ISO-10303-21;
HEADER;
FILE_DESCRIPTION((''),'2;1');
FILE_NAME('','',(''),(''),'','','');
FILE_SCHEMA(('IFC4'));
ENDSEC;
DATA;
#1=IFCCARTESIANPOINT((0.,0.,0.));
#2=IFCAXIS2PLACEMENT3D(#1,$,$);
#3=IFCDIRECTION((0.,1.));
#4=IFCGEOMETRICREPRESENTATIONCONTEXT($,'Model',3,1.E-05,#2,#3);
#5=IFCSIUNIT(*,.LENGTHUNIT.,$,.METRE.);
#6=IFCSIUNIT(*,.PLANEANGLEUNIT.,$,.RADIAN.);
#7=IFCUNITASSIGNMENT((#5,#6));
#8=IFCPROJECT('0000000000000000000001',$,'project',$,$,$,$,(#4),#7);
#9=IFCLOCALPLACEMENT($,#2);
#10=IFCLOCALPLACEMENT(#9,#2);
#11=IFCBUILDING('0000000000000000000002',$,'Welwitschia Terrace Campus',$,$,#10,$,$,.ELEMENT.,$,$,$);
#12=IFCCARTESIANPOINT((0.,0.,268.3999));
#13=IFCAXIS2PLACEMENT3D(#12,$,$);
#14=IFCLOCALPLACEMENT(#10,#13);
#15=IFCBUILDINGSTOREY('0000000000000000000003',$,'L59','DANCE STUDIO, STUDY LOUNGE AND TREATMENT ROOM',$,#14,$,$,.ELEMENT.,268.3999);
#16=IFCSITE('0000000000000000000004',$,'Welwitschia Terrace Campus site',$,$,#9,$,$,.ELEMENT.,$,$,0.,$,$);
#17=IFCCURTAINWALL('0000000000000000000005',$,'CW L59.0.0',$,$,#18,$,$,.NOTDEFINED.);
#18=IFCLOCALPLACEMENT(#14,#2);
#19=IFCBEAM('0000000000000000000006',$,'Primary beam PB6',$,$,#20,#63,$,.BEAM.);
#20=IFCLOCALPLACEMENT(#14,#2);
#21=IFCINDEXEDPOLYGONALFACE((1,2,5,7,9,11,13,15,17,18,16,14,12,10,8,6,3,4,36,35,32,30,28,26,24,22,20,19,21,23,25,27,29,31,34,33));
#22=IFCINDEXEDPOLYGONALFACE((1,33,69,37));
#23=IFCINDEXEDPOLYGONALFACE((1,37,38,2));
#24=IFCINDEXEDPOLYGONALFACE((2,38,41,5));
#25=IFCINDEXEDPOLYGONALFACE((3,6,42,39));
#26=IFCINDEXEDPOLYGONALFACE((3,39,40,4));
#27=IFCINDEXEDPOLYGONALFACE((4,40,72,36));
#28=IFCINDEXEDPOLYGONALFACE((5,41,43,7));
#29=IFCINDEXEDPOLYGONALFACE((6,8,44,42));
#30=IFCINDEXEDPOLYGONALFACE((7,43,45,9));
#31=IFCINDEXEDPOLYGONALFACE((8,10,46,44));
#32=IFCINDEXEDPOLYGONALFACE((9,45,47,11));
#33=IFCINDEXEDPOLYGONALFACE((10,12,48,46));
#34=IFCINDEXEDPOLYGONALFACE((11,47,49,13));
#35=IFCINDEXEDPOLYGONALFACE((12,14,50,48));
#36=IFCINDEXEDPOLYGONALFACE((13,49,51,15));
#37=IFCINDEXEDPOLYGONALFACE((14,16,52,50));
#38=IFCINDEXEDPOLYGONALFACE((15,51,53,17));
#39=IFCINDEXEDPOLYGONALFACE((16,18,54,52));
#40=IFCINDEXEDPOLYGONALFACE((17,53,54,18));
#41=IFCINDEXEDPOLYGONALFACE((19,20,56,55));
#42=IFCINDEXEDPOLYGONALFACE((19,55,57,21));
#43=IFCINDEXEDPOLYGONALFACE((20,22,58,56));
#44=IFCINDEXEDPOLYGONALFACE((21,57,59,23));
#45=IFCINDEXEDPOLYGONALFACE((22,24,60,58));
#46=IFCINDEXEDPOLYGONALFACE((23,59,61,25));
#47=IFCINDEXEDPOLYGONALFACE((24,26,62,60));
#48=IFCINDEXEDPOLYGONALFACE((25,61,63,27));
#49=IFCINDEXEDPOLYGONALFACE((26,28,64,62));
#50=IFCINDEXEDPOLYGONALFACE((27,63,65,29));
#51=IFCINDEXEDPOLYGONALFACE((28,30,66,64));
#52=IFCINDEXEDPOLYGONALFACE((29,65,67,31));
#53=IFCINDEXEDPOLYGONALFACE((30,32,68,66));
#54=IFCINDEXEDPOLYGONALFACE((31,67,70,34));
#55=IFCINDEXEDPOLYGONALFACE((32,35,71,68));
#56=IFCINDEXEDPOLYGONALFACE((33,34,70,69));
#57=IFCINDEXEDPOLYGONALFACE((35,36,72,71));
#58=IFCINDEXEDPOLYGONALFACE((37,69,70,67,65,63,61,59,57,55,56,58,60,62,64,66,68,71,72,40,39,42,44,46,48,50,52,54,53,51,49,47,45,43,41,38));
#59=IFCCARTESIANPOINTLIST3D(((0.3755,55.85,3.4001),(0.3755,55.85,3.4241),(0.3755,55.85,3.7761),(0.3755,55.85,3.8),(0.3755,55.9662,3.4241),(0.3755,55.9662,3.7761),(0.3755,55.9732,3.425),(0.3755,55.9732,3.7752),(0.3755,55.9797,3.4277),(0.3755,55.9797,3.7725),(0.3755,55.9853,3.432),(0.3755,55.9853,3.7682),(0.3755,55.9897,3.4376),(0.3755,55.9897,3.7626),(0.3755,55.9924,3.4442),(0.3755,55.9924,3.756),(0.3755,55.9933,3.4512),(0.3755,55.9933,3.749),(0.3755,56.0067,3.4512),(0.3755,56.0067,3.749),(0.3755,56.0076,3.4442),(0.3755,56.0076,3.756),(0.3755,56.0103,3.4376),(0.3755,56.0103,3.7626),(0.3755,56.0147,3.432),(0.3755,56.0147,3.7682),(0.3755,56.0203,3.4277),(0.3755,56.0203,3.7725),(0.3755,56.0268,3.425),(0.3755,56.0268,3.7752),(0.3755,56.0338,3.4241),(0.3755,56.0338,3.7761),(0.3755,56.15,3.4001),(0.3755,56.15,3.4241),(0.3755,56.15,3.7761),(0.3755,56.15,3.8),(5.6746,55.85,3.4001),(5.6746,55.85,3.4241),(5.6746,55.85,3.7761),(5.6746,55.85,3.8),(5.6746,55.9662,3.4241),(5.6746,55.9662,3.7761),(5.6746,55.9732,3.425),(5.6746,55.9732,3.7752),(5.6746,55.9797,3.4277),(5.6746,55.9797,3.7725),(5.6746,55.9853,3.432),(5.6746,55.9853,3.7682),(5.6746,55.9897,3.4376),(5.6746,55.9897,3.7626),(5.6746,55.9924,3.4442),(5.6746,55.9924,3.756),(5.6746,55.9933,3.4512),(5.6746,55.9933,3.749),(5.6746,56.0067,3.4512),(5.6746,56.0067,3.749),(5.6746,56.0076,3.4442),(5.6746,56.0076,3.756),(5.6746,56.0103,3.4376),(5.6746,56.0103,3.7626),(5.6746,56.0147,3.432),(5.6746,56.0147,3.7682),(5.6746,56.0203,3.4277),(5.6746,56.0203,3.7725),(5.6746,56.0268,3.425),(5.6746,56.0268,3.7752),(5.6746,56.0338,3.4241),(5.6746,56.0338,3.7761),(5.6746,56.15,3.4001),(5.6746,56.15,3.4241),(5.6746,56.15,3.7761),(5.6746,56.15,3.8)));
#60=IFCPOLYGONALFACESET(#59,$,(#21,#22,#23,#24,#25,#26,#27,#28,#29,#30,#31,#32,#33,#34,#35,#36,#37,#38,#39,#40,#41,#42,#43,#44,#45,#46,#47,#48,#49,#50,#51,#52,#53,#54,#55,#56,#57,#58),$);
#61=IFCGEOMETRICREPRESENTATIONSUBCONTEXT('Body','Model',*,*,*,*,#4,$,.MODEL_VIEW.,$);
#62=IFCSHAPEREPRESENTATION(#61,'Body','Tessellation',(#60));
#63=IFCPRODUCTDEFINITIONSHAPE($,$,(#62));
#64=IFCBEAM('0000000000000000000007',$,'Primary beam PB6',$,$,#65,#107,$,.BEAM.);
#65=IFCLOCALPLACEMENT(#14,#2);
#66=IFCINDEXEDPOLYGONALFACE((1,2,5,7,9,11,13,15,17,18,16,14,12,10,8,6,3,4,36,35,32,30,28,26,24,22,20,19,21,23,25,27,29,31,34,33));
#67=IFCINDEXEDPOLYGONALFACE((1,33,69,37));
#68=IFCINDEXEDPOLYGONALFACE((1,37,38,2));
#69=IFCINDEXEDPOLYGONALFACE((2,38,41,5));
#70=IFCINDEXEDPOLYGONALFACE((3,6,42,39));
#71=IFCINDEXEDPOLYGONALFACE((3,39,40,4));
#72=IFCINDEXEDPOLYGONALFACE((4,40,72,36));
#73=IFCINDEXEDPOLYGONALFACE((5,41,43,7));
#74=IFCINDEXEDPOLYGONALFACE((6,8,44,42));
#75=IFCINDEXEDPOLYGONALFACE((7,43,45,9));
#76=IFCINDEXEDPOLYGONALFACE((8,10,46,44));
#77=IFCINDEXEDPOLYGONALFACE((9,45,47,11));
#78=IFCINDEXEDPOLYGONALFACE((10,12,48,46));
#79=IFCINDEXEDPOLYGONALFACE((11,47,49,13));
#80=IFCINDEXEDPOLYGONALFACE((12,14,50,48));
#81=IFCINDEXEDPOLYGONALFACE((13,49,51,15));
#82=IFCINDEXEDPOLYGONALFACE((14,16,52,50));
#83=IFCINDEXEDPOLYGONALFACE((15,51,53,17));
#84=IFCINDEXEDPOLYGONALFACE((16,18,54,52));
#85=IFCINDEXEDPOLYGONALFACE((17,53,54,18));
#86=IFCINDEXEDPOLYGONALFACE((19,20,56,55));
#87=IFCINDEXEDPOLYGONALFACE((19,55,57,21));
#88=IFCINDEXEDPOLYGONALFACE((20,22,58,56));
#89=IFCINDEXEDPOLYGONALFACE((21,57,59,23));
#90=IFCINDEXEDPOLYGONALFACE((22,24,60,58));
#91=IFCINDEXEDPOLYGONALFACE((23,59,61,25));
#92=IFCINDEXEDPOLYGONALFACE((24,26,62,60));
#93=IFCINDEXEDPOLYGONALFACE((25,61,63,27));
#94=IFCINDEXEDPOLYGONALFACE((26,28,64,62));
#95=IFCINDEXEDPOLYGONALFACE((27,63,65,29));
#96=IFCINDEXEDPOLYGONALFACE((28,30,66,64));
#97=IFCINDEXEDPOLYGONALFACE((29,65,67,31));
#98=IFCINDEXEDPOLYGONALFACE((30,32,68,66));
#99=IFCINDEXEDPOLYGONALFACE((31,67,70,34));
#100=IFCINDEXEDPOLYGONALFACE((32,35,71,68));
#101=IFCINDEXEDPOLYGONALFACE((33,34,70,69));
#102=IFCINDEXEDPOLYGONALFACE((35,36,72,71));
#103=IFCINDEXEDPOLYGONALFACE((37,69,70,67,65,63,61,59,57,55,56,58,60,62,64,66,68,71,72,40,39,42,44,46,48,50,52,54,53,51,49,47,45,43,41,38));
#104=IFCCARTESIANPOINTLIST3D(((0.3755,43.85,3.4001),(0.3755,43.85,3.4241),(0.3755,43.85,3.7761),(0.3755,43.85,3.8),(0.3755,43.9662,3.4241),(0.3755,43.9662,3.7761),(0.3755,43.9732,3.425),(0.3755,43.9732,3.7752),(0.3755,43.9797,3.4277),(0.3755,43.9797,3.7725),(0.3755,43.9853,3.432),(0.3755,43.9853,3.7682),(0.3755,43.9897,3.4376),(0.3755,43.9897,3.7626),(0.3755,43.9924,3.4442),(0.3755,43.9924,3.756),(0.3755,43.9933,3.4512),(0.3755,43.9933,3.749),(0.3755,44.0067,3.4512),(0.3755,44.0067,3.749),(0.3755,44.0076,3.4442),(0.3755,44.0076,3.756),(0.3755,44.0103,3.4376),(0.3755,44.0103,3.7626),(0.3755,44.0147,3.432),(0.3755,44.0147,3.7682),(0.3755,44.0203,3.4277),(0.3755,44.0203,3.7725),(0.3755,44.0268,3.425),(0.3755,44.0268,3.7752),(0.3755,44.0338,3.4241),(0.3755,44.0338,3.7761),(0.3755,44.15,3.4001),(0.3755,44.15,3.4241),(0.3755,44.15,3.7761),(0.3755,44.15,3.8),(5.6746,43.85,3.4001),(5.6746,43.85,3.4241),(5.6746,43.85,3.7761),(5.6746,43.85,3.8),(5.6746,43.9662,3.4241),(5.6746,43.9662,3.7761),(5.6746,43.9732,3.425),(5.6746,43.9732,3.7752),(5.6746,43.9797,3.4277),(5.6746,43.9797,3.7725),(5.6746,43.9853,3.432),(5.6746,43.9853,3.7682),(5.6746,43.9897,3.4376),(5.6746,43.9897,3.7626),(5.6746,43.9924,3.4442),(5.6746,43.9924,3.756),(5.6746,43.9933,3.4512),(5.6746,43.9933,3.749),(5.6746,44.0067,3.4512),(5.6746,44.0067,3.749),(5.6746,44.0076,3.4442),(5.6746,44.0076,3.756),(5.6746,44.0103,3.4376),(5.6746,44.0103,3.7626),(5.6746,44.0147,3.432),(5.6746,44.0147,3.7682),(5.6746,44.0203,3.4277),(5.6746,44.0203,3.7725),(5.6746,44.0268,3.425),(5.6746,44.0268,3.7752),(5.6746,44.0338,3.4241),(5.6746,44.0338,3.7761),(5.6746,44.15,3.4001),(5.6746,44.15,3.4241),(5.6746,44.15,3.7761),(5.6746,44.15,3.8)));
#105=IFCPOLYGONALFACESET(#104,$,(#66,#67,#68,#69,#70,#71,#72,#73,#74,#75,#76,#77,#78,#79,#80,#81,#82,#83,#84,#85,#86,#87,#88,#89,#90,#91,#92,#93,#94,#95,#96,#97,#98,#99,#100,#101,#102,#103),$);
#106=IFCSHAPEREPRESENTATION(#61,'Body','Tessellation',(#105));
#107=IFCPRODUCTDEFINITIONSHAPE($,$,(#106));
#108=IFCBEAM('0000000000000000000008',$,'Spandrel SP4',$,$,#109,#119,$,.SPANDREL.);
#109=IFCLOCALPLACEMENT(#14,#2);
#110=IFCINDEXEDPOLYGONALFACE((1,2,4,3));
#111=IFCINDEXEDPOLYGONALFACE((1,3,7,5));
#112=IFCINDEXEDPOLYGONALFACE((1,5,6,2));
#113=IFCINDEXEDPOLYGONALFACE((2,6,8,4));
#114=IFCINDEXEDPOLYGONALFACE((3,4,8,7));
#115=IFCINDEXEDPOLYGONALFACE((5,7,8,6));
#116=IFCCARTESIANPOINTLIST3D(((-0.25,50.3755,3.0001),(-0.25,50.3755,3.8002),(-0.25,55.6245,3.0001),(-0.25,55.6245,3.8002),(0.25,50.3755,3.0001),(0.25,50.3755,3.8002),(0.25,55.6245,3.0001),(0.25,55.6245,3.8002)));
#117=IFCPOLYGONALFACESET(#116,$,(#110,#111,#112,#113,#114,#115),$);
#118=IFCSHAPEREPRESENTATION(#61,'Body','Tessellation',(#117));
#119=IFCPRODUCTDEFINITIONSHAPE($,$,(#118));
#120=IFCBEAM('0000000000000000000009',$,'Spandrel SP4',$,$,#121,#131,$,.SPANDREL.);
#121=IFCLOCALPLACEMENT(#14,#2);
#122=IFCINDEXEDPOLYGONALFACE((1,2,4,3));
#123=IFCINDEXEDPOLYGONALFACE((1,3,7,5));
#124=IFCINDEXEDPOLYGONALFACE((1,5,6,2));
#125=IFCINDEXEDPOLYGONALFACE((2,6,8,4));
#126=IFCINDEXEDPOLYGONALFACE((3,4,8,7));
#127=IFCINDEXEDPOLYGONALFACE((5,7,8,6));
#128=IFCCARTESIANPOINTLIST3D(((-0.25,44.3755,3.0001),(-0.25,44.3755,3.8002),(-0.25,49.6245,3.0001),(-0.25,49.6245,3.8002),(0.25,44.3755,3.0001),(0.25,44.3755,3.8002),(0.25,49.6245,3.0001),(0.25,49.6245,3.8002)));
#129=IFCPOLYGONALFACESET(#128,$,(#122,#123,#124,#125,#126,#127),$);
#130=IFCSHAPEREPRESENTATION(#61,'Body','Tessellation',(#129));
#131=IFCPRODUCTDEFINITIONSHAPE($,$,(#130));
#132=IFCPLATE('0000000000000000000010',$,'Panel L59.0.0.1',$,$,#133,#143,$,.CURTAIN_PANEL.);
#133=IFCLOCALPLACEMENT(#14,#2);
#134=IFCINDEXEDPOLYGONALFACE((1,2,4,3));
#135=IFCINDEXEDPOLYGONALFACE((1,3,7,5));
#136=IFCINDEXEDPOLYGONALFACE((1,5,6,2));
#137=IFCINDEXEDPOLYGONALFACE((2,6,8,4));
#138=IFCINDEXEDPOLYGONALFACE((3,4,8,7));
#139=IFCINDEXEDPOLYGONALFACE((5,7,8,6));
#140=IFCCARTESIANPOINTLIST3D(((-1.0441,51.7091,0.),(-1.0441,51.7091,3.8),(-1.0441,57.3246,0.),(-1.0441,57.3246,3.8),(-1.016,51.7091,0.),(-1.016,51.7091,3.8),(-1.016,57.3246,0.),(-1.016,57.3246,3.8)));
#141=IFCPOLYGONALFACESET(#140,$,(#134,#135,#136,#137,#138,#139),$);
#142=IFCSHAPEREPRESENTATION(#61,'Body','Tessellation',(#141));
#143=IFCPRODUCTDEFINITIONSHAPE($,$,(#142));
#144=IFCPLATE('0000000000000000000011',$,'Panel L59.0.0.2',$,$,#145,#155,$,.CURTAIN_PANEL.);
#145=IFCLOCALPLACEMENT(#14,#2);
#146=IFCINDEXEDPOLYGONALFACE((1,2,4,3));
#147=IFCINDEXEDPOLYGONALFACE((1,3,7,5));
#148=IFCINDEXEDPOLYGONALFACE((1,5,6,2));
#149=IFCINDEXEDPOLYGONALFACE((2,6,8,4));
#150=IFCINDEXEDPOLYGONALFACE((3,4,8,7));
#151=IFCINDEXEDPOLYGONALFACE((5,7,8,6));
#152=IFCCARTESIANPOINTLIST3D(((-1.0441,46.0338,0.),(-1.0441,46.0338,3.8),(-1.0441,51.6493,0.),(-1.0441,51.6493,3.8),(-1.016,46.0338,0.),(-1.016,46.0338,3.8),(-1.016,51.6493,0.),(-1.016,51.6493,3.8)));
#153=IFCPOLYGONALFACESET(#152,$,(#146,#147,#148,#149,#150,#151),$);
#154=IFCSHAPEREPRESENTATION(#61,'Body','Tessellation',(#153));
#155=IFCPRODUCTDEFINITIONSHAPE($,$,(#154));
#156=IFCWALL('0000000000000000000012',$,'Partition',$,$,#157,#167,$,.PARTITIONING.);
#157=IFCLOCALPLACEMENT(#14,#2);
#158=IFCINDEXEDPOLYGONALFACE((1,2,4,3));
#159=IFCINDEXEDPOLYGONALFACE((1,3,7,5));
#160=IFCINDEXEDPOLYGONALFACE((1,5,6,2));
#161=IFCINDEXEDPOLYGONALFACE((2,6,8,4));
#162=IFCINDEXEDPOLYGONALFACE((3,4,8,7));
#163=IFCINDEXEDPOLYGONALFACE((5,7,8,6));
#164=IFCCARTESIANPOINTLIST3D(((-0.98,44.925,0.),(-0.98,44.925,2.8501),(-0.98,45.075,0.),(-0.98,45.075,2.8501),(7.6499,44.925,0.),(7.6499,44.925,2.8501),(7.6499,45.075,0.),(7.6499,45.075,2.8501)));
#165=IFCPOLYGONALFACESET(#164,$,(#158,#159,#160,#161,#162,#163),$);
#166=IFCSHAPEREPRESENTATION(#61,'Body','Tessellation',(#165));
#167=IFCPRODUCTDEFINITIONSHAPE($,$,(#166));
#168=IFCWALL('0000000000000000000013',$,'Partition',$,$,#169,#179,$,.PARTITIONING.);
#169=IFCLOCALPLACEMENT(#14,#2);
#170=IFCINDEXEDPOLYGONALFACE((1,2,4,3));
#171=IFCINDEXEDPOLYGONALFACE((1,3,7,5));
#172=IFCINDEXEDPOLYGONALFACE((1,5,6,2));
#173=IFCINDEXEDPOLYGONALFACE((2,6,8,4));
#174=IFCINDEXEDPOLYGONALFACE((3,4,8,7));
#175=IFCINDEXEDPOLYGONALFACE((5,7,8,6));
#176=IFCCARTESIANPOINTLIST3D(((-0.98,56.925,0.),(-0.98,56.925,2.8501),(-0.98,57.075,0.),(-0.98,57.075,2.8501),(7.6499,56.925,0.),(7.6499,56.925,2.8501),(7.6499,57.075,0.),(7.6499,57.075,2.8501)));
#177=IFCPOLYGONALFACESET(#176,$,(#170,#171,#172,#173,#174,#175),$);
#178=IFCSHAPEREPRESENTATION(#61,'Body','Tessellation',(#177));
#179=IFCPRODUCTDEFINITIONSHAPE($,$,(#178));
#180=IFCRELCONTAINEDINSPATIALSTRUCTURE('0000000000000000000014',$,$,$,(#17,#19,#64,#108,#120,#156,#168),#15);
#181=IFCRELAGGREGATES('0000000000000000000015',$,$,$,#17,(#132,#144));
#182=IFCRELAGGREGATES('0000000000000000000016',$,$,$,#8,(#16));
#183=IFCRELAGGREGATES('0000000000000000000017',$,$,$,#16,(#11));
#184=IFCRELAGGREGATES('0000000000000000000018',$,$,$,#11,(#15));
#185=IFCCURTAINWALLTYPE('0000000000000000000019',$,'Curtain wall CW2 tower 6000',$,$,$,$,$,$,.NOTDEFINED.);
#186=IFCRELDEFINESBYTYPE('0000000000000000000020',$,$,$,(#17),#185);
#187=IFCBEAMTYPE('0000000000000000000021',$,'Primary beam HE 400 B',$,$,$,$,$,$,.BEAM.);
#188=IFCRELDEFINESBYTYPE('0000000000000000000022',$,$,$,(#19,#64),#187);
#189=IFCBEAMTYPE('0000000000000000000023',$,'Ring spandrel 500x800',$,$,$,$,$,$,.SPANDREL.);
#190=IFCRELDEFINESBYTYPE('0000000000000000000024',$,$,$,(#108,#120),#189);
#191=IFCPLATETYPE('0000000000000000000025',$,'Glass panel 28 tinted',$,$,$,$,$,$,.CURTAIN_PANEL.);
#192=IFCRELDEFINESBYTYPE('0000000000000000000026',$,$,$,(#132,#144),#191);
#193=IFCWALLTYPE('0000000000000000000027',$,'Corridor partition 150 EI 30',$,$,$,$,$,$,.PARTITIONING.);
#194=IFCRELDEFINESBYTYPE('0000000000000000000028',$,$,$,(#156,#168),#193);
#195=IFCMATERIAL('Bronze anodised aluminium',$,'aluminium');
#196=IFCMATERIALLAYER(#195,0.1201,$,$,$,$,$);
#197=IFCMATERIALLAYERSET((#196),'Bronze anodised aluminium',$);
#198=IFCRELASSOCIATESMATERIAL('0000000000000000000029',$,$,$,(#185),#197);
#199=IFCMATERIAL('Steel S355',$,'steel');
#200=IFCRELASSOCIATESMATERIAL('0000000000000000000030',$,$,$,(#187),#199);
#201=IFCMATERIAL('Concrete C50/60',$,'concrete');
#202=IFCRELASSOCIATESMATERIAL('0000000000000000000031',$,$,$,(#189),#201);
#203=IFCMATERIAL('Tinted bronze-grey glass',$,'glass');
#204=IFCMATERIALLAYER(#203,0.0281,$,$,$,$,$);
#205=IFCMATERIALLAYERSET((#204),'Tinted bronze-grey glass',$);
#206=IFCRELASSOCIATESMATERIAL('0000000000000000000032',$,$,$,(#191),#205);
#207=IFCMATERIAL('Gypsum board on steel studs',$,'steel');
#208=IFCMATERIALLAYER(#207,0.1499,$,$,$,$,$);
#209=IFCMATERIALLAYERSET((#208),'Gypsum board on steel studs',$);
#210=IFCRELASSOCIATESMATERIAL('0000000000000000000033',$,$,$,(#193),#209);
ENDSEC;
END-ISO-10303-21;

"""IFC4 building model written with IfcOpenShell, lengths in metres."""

from ifc_helpers import new_model, si_unit, direction, frame, frame_2d, origin, origin_2d, place, context, subcontext, project, spatial, rectangle, i_section, extrude, material, layer, layer_set, material_profile, profile_set, type_object, element, aggregate, save


model = new_model("IFC4")

# Units and contexts
model_context = context("Model", 3, precision=1e-05, world=origin(), true_north=direction((0.0, 1.0)))
body_context = subcontext(model_context, "Body", "Model", "MODEL_VIEW")
ifc_project = project(units=[si_unit("LENGTHUNIT", "METRE"), si_unit("PLANEANGLEUNIT", "RADIAN")], contexts=[model_context])

# Site, building, storey
site_placement = place(None, origin())
site = spatial("IfcSite", under=ifc_project, at=site_placement, Name="Welwitschia Terrace Campus site", CompositionType="ELEMENT", RefElevation=0.0)
building_placement = place(site_placement, origin())
building = spatial("IfcBuilding", under=site, at=building_placement, Name="Welwitschia Terrace Campus", CompositionType="ELEMENT")
storey_placement = place(building_placement, frame((0.0, 0.0, 268.3999)))
storey = spatial("IfcBuildingStorey", under=building, at=storey_placement, Name="L59", Description="DANCE STUDIO, STUDY LOUNGE AND TREATMENT ROOM", CompositionType="ELEMENT", Elevation=268.3999)

# Curtain wall
ifc_material_1 = material(Name="Bronze anodised aluminium", Category="aluminium")
ifc_layer_1 = layer(ifc_material_1, 0.1201)
ifc_layer_set_1 = layer_set([ifc_layer_1], Name="Bronze anodised aluminium")
curtain_wall_type = type_object("IfcCurtainWallType", Name="Curtain wall CW2 tower 6000", PredefinedType="NOTDEFINED", material=ifc_layer_set_1)
curtain_wall_placement = place(storey_placement, origin())
curtain_wall = element("IfcCurtainWall", 1, at=curtain_wall_placement, inside=storey, type_object=curtain_wall_type, Name="CW L59.0.0", PredefinedType="NOTDEFINED")

# Beams
ifc_material_2 = material(Name="Steel S355", Category="steel")
ifc_material_profile_1 = material_profile(ifc_material_2, i_section(OverallWidth=0.3, OverallDepth=0.3999, WebThickness=0.0134, FlangeThickness=0.0239, FilletRadius=0.0271, at=origin_2d()))
ifc_profile_set_1 = profile_set([ifc_material_profile_1], Name="Steel S355")
beam_type_1 = type_object("IfcBeamType", Name="Primary beam HE 400 B", PredefinedType="BEAM", material=ifc_profile_set_1)
for number, where, z_axis, x_axis, name in (
    (2, (0.3755, 56.0, 3.6001), (1.0, 0.0, 0.0), (0.0, 1.0, 0.0), "Primary beam PB6"),
    (3, (0.3755, 44.0, 3.6001), (1.0, 0.0, 0.0), (0.0, 1.0, 0.0), "Primary beam PB6"),
):
    element("IfcBeam", number, at=place(storey_placement, frame(where, z_axis=z_axis, x_axis=x_axis)), inside=storey, type_object=beam_type_1, Name=name, PredefinedType="BEAM", context=body_context, shape_type="SweptSolid", body=[
        extrude(i_section(OverallWidth=0.3, OverallDepth=0.3999, WebThickness=0.0134, FlangeThickness=0.0239, FilletRadius=0.0271, at=origin_2d()), origin(), (0.0, 0.0, 1.0), 5.2991),
    ])
ifc_material_3 = material(Name="Concrete C50/60", Category="concrete")
ifc_material_profile_2 = material_profile(ifc_material_3, rectangle(XDim=0.5, YDim=0.8, at=origin_2d()))
ifc_profile_set_2 = profile_set([ifc_material_profile_2], Name="Concrete C50/60")
beam_type_2 = type_object("IfcBeamType", Name="Ring spandrel 500x800", PredefinedType="SPANDREL", material=ifc_profile_set_2)
for number, where, z_axis, x_axis, name in (
    (4, (0.0, 55.6245, 3.4001), (0.0, -1.0, 0.0), (1.0, 0.0, 0.0), "Spandrel SP4"),
    (5, (0.0, 49.6245, 3.4001), (0.0, -1.0, 0.0), (1.0, 0.0, 0.0), "Spandrel SP4"),
):
    element("IfcBeam", number, at=place(storey_placement, frame(where, z_axis=z_axis, x_axis=x_axis)), inside=storey, type_object=beam_type_2, Name=name, PredefinedType="SPANDREL", context=body_context, shape_type="SweptSolid", body=[
        extrude(rectangle(XDim=0.5, YDim=0.8, at=origin_2d()), origin(), (0.0, 0.0, 1.0), 5.249),
    ])

# Plates
ifc_material_4 = material(Name="Tinted bronze-grey glass", Category="glass")
ifc_layer_2 = layer(ifc_material_4, 0.0281)
ifc_layer_set_2 = layer_set([ifc_layer_2], Name="Tinted bronze-grey glass")
plate_type = type_object("IfcPlateType", Name="Glass panel 28 tinted", PredefinedType="CURTAIN_PANEL", material=ifc_layer_set_2)
plate_1_placement = place(storey_placement, frame((-1.03, 54.5168, 0.0), z_axis=(0.0, 0.0, 1.0), x_axis=(0.0, -1.0, 0.0)))
plate_1 = element("IfcPlate", 6, at=plate_1_placement, type_object=plate_type, Name="Panel L59.0.0.1", PredefinedType="CURTAIN_PANEL", context=body_context, shape_type="SweptSolid", body=[
    extrude(rectangle(XDim=5.6155, YDim=0.0281, at=origin_2d()), origin(), (0.0, 0.0, 1.0), 3.8),
])
plate_2_placement = place(storey_placement, frame((-1.03, 48.8416, 0.0), z_axis=(0.0, 0.0, 1.0), x_axis=(0.0, -1.0, 0.0)))
plate_2 = element("IfcPlate", 7, at=plate_2_placement, type_object=plate_type, Name="Panel L59.0.0.2", PredefinedType="CURTAIN_PANEL", context=body_context, shape_type="SweptSolid", body=[
    extrude(rectangle(XDim=5.6155, YDim=0.0281, at=origin_2d()), origin(), (0.0, 0.0, 1.0), 3.8),
])
aggregate(curtain_wall, [plate_1, plate_2])

# Walls
ifc_material_5 = material(Name="Gypsum board on steel studs", Category="steel")
ifc_layer_3 = layer(ifc_material_5, 0.1499)
ifc_layer_set_3 = layer_set([ifc_layer_3], Name="Gypsum board on steel studs")
wall_type = type_object("IfcWallType", Name="Corridor partition 150 EI 30", PredefinedType="PARTITIONING", material=ifc_layer_set_3)
for number, where, z_axis, x_axis, name in (
    (8, (-0.98, 45.0, 0.0), (0.0, 0.0, 1.0), (1.0, 0.0, 0.0), "Partition"),
    (9, (-0.98, 57.0, 0.0), (0.0, 0.0, 1.0), (1.0, 0.0, 0.0), "Partition"),
):
    element("IfcWall", number, at=place(storey_placement, frame(where, z_axis=z_axis, x_axis=x_axis)), inside=storey, type_object=wall_type, Name=name, PredefinedType="PARTITIONING", context=body_context, shape_type="SweptSolid", body=[
        extrude(rectangle(XDim=8.6299, YDim=0.1499, at=frame_2d((4.3149, 0.0))), origin(), (0.0, 0.0, 1.0), 2.8501),
    ])

save(model, "model.ifc")
